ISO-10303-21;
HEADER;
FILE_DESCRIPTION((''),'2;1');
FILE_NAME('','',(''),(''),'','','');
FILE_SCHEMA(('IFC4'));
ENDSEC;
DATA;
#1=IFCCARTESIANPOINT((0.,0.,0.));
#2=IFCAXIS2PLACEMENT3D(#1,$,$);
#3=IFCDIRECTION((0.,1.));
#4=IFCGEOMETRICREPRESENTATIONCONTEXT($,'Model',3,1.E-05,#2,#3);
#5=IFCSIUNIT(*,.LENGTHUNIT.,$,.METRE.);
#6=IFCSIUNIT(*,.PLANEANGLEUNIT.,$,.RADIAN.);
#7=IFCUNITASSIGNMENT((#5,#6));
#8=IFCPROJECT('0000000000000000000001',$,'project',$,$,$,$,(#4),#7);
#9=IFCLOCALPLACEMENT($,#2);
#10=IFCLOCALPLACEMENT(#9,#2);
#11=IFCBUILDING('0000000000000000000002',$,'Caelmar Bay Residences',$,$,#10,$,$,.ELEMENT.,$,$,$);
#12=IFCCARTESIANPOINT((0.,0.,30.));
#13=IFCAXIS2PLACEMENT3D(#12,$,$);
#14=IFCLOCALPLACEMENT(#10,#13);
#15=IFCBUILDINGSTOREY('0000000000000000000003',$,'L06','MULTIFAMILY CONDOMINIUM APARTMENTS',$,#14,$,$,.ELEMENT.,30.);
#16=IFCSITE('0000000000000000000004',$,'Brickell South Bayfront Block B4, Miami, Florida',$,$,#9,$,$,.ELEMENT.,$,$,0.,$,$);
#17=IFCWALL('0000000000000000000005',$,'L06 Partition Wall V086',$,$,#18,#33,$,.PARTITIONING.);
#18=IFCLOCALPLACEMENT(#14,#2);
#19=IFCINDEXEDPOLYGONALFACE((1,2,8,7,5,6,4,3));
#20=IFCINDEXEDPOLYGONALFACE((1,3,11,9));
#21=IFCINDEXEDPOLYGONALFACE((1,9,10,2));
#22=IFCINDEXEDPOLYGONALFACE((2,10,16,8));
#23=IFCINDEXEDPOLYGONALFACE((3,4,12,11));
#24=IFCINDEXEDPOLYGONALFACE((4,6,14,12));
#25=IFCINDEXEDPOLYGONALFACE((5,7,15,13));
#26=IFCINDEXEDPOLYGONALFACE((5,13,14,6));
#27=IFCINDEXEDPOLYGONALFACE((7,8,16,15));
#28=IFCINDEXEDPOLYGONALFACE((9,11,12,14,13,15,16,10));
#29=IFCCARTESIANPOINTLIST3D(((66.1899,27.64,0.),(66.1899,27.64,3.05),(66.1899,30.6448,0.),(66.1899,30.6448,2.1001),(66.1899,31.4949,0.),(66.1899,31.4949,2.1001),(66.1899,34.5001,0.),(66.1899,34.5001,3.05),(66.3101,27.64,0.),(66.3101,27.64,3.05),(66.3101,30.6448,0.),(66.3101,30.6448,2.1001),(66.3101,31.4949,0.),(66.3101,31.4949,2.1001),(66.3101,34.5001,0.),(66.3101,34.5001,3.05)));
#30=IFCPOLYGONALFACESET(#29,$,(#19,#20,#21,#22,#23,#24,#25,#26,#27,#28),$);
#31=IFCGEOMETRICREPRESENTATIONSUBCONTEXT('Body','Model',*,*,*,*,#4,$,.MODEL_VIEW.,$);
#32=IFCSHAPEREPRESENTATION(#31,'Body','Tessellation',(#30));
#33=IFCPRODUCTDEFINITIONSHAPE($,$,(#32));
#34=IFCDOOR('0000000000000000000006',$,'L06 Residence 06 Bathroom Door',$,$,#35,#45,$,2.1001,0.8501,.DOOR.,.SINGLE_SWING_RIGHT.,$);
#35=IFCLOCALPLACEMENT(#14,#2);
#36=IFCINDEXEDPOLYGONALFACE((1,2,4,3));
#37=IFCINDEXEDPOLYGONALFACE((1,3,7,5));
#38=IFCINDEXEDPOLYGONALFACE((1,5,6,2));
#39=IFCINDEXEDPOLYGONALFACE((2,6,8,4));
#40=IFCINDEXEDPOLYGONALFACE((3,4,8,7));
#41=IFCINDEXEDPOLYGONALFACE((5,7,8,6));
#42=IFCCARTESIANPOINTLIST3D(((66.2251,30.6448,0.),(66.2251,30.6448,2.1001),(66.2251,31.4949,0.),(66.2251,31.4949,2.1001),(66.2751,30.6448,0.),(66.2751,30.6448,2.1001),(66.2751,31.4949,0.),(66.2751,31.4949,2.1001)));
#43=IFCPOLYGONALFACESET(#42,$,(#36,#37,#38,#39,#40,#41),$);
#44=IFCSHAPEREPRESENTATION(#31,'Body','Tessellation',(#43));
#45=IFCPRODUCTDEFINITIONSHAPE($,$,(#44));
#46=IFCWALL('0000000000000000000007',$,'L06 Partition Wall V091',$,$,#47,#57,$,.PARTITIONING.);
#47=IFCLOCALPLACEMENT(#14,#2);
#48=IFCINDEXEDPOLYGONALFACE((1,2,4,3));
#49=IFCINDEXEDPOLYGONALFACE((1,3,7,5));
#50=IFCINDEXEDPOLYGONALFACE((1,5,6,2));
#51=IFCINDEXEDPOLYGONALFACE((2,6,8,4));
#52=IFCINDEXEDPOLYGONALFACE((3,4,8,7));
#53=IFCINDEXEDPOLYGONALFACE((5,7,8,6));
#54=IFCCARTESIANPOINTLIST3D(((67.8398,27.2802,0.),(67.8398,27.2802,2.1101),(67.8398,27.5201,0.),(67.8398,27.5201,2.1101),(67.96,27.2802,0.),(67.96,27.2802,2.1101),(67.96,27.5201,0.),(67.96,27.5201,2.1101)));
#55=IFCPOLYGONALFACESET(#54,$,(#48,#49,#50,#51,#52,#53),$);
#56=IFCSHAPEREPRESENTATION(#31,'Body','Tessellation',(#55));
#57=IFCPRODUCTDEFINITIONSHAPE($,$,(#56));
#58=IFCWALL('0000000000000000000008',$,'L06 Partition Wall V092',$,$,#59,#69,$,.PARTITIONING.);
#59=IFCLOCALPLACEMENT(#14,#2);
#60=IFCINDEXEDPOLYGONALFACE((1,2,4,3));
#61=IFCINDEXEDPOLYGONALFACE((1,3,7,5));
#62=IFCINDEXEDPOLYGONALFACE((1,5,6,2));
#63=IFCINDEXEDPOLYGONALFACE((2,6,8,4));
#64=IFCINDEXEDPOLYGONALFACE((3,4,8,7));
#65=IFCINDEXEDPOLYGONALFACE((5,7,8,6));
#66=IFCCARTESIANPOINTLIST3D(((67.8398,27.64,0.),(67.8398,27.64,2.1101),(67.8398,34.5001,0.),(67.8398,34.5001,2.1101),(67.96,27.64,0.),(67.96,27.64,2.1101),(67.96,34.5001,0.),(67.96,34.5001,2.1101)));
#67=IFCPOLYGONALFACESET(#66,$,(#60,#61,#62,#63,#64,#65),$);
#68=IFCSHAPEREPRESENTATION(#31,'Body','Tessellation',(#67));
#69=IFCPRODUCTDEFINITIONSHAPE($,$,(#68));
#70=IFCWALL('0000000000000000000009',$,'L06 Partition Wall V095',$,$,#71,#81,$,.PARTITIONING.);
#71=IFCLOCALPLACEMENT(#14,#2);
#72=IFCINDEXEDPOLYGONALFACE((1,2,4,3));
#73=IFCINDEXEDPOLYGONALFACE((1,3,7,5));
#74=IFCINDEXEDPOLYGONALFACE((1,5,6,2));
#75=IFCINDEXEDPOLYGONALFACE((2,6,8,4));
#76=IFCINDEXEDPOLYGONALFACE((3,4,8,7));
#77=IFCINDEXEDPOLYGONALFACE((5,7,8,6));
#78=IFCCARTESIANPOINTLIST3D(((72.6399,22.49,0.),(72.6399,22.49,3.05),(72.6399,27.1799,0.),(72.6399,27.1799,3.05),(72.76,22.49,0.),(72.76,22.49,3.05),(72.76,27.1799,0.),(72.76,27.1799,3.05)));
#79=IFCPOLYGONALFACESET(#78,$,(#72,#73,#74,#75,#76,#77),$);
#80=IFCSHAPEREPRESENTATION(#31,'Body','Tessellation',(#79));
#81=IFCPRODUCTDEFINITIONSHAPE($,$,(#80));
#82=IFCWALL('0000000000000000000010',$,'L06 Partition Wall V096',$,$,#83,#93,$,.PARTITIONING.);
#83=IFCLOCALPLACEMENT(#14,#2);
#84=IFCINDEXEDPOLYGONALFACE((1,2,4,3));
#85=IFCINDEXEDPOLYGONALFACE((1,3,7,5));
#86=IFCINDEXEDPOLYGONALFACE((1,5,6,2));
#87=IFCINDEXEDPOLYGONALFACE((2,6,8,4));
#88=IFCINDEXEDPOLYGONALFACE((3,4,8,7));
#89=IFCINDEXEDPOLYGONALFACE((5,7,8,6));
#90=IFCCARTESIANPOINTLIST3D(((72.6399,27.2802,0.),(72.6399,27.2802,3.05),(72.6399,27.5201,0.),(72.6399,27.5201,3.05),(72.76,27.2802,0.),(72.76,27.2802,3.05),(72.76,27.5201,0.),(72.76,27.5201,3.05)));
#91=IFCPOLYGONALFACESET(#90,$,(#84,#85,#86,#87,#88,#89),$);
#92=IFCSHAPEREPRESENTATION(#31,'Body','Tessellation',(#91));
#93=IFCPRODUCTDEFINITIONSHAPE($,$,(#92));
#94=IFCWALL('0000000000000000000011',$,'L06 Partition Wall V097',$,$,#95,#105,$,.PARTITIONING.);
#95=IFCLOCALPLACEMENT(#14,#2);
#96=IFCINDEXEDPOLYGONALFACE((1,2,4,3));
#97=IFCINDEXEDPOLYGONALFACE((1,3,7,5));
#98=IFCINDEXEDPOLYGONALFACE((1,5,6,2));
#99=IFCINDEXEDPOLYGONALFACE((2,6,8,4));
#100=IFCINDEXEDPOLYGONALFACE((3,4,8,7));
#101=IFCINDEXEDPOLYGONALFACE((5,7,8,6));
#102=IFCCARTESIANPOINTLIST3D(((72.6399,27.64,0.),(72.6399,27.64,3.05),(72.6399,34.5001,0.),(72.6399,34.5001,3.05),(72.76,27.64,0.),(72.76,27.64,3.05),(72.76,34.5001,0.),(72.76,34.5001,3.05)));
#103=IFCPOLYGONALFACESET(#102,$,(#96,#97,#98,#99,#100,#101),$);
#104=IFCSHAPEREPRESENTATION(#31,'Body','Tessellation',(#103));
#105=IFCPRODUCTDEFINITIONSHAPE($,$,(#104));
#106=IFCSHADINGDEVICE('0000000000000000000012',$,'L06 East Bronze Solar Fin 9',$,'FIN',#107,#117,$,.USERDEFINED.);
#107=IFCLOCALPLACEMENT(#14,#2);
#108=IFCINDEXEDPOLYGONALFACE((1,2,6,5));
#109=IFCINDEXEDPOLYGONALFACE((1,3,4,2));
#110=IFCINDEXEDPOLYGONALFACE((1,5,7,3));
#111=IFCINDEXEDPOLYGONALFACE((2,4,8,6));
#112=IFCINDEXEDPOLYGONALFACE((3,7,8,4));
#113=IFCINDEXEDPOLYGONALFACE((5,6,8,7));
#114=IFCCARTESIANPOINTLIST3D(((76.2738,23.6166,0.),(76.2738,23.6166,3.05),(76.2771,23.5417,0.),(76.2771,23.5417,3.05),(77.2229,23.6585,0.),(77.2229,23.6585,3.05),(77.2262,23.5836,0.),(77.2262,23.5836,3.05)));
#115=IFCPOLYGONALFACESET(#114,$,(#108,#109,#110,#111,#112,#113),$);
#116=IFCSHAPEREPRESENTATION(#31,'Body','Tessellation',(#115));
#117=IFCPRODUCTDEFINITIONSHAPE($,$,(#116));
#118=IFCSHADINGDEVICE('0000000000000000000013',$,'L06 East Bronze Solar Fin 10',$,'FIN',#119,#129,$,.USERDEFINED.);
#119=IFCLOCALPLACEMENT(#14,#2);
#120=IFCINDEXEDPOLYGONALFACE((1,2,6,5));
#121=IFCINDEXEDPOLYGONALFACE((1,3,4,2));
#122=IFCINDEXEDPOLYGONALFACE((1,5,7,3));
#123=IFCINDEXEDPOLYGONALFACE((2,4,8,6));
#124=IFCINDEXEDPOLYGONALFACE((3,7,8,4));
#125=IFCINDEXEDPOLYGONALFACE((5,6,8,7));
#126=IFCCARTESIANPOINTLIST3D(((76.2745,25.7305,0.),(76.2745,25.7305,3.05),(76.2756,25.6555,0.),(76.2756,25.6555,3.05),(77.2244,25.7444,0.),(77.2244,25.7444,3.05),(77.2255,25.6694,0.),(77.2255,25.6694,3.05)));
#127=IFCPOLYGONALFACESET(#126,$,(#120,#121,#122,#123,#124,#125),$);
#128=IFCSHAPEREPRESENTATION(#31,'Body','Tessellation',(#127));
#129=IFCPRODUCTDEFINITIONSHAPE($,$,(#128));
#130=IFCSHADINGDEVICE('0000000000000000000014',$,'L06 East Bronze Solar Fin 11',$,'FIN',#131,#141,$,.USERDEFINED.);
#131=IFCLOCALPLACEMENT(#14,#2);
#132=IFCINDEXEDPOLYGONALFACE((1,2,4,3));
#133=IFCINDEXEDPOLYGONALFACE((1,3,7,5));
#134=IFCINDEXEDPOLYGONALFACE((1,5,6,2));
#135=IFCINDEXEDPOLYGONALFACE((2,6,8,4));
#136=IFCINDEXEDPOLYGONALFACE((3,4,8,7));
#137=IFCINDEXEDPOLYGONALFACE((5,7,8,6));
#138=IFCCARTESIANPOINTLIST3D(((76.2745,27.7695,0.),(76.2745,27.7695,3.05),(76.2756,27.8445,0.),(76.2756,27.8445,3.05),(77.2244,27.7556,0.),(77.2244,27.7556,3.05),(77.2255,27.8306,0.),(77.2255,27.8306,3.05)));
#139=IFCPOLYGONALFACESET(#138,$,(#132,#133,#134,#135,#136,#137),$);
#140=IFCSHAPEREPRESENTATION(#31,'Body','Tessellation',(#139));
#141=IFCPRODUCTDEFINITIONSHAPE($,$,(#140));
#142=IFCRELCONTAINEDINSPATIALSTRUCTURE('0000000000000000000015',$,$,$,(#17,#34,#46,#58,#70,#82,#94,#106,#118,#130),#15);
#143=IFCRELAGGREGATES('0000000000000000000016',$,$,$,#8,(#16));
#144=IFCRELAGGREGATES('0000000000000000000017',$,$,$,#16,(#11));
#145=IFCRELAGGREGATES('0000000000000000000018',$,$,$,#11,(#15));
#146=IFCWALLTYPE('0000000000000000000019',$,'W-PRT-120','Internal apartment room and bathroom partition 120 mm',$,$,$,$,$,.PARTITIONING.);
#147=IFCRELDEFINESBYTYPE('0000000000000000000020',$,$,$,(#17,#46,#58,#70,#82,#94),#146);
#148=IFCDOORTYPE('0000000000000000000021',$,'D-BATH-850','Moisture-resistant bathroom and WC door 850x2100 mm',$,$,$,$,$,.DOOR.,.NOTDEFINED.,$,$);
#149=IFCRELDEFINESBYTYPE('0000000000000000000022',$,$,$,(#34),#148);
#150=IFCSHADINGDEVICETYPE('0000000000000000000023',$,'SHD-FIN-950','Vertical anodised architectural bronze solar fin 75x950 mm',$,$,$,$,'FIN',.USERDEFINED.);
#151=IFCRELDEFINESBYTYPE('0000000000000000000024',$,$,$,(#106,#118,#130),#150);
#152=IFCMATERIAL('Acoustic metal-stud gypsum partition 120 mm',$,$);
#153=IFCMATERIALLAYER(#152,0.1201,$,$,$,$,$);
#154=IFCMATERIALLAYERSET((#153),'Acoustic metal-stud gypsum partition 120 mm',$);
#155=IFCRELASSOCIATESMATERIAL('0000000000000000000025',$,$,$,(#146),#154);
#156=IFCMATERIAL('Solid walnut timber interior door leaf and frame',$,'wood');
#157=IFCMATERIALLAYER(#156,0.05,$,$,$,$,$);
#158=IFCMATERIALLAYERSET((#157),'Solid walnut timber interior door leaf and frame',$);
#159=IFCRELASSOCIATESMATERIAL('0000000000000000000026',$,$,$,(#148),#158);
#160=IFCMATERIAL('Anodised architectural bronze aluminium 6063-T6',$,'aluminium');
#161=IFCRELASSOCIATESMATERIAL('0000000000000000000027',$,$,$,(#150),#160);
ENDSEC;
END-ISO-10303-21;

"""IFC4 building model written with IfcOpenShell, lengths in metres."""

from ifc_helpers import new_model, si_unit, direction, frame, frame_2d, origin, origin_2d, place, context, subcontext, project, spatial, rectangle, extrude, material, layer, layer_set, material_profile, profile_set, type_object, element, fill, save


model = new_model("IFC4")

# Units and contexts
model_context = context("Model", 3, precision=1e-05, world=origin(), true_north=direction((0.0, 1.0)))
body_context = subcontext(model_context, "Body", "Model", "MODEL_VIEW")
ifc_project = project(units=[si_unit("LENGTHUNIT", "METRE"), si_unit("PLANEANGLEUNIT", "RADIAN")], contexts=[model_context])

# Site, building, storey
site_placement = place(None, origin())
site = spatial("IfcSite", under=ifc_project, at=site_placement, Name="Brickell South Bayfront Block B4, Miami, Florida", CompositionType="ELEMENT", RefElevation=0.0)
building_placement = place(site_placement, origin())
building = spatial("IfcBuilding", under=site, at=building_placement, Name="Caelmar Bay Residences", CompositionType="ELEMENT")
storey_placement = place(building_placement, frame((0.0, 0.0, 30.0)))
storey = spatial("IfcBuildingStorey", under=building, at=storey_placement, Name="L06", Description="MULTIFAMILY CONDOMINIUM APARTMENTS", CompositionType="ELEMENT", Elevation=30.0)

# Shared definitions
ifc_material_1 = material(Name="Solid walnut timber interior door leaf and frame", Category="wood")

# Shared definitions
ifc_material_2 = material(Name="Acoustic metal-stud gypsum partition 120 mm")
ifc_layer_1 = layer(ifc_material_2, 0.1201)
ifc_layer_set_1 = layer_set([ifc_layer_1], Name="Acoustic metal-stud gypsum partition 120 mm")
wall_type_1 = type_object("IfcWallType", Name="W-PRT-120", Description="Internal apartment room and bathroom partition 120 mm", PredefinedType="PARTITIONING", material=ifc_layer_set_1)

# Wall, opening, door
wall_1_placement = place(storey_placement, frame((66.25, 27.6399, 0.0), z_axis=(0.0, 0.0, 1.0), x_axis=(0.0, 1.0, 0.0)))
wall_1 = element("IfcWall", 1, at=wall_1_placement, inside=storey, type_object=wall_type_1, Name="L06 Partition Wall V086", PredefinedType="PARTITIONING", context=body_context, shape_type="SweptSolid", body=[
    extrude(rectangle(XDim=6.8601, YDim=0.1201, at=frame_2d((3.4302, 0.0))), origin(), (0.0, 0.0, 1.0), 3.05),
])
opening_1_placement = place(wall_1_placement, frame((3.0049, 0.0, 0.0)))
opening_1 = element("IfcOpeningElement", 2, at=opening_1_placement, cuts=wall_1, PredefinedType="OPENING", context=body_context, shape_type="SweptSolid", body=[
    extrude(rectangle(XDim=0.8501, YDim=2.1001, at=frame_2d((0.425, 1.05))), frame((0.0, 0.0701, 0.0), z_axis=(0.0, -1.0, 0.0), x_axis=(1.0, 0.0, 0.0)), (0.0, 0.0, 1.0), 0.1401),
])
ifc_layer_2 = layer(ifc_material_1, 0.05)
ifc_layer_set_2 = layer_set([ifc_layer_2], Name="Solid walnut timber interior door leaf and frame")
door_type_1 = type_object("IfcDoorType", Name="D-BATH-850", Description="Moisture-resistant bathroom and WC door 850x2100 mm", OperationType="NOTDEFINED", PredefinedType="DOOR", material=ifc_layer_set_2)
door_1_placement = place(opening_1_placement, origin())
door_1 = element("IfcDoor", 3, at=door_1_placement, inside=storey, type_object=door_type_1, Name="L06 Residence 06 Bathroom Door", OperationType="SINGLE_SWING_RIGHT", OverallHeight=2.1001, OverallWidth=0.8501, PredefinedType="DOOR", context=body_context, shape_type="SweptSolid", body=[
    extrude(rectangle(XDim=0.8501, YDim=2.1001, at=frame_2d((0.425, 1.05))), frame((0.0, 0.0249, 0.0), z_axis=(0.0, -1.0, 0.0), x_axis=(1.0, 0.0, 0.0)), (0.0, 0.0, 1.0), 0.05),
])
fill(opening_1, door_1)

# Walls
wall_2_placement = place(storey_placement, frame((67.8999, 27.28, 0.0), z_axis=(0.0, 0.0, 1.0), x_axis=(0.0, 1.0, 0.0)))
element("IfcWall", 4, at=wall_2_placement, inside=storey, type_object=wall_type_1, Name="L06 Partition Wall V091", PredefinedType="PARTITIONING", context=body_context, shape_type="SweptSolid", body=[
    extrude(rectangle(XDim=0.24, YDim=0.1201, at=frame_2d((0.1201, 0.0))), origin(), (0.0, 0.0, 1.0), 2.1101),
])
wall_3_placement = place(storey_placement, frame((67.8999, 27.6399, 0.0), z_axis=(0.0, 0.0, 1.0), x_axis=(0.0, 1.0, 0.0)))
element("IfcWall", 5, at=wall_3_placement, inside=storey, type_object=wall_type_1, Name="L06 Partition Wall V092", PredefinedType="PARTITIONING", context=body_context, shape_type="SweptSolid", body=[
    extrude(rectangle(XDim=6.8601, YDim=0.1201, at=frame_2d((3.4302, 0.0))), origin(), (0.0, 0.0, 1.0), 2.1101),
])
wall_4_placement = place(storey_placement, frame((72.7, 22.49, 0.0), z_axis=(0.0, 0.0, 1.0), x_axis=(0.0, 1.0, 0.0)))
element("IfcWall", 6, at=wall_4_placement, inside=storey, type_object=wall_type_1, Name="L06 Partition Wall V095", PredefinedType="PARTITIONING", context=body_context, shape_type="SweptSolid", body=[
    extrude(rectangle(XDim=4.6899, YDim=0.1201, at=frame_2d((2.345, 0.0))), origin(), (0.0, 0.0, 1.0), 3.05),
])
wall_5_placement = place(storey_placement, frame((72.7, 27.28, 0.0), z_axis=(0.0, 0.0, 1.0), x_axis=(0.0, 1.0, 0.0)))
element("IfcWall", 7, at=wall_5_placement, inside=storey, type_object=wall_type_1, Name="L06 Partition Wall V096", PredefinedType="PARTITIONING", context=body_context, shape_type="SweptSolid", body=[
    extrude(rectangle(XDim=0.24, YDim=0.1201, at=frame_2d((0.1201, 0.0))), origin(), (0.0, 0.0, 1.0), 3.05),
])
wall_6_placement = place(storey_placement, frame((72.7, 27.6399, 0.0), z_axis=(0.0, 0.0, 1.0), x_axis=(0.0, 1.0, 0.0)))
element("IfcWall", 8, at=wall_6_placement, inside=storey, type_object=wall_type_1, Name="L06 Partition Wall V097", PredefinedType="PARTITIONING", context=body_context, shape_type="SweptSolid", body=[
    extrude(rectangle(XDim=6.8601, YDim=0.1201, at=frame_2d((3.4302, 0.0))), origin(), (0.0, 0.0, 1.0), 3.05),
])

# Shading devices
ifc_material_3 = material(Name="Anodised architectural bronze aluminium 6063-T6", Category="aluminium")
ifc_material_profile_1 = material_profile(ifc_material_3, rectangle(XDim=0.075, YDim=0.95, at=origin_2d()), Name="BRONZE-FIN-75X950")
ifc_profile_set_1 = profile_set([ifc_material_profile_1], Name="Anodised architectural bronze aluminium 6063-T6")
shading_device_type = type_object("IfcShadingDeviceType", Name="SHD-FIN-950", Description="Vertical anodised architectural bronze solar fin 75x950 mm", ElementType="FIN", PredefinedType="USERDEFINED", material=ifc_profile_set_1)
for number, where, z_axis, x_axis, name in (
    (9, (76.75, 23.6001, 0.0), (0.0, 0.0, 1.0), (-0.044142, 0.999025, 0.0), "L06 East Bronze Solar Fin 9"),
    (10, (76.75, 25.7, 0.0), (0.0, 0.0, 1.0), (-0.01466, 0.999893, 0.0), "L06 East Bronze Solar Fin 10"),
    (11, (76.75, 27.8, 0.0), (0.0, 0.0, 1.0), (0.01466, 0.999893, 0.0), "L06 East Bronze Solar Fin 11"),
):
    element("IfcShadingDevice", number, at=place(storey_placement, frame(where, z_axis=z_axis, x_axis=x_axis)), inside=storey, type_object=shading_device_type, Name=name, ObjectType="FIN", PredefinedType="USERDEFINED", context=body_context, shape_type="SweptSolid", body=[
        extrude(rectangle(XDim=0.075, YDim=0.95, at=origin_2d()), origin(), (0.0, 0.0, 1.0), 3.05),
    ])

save(model, "model.ifc")
